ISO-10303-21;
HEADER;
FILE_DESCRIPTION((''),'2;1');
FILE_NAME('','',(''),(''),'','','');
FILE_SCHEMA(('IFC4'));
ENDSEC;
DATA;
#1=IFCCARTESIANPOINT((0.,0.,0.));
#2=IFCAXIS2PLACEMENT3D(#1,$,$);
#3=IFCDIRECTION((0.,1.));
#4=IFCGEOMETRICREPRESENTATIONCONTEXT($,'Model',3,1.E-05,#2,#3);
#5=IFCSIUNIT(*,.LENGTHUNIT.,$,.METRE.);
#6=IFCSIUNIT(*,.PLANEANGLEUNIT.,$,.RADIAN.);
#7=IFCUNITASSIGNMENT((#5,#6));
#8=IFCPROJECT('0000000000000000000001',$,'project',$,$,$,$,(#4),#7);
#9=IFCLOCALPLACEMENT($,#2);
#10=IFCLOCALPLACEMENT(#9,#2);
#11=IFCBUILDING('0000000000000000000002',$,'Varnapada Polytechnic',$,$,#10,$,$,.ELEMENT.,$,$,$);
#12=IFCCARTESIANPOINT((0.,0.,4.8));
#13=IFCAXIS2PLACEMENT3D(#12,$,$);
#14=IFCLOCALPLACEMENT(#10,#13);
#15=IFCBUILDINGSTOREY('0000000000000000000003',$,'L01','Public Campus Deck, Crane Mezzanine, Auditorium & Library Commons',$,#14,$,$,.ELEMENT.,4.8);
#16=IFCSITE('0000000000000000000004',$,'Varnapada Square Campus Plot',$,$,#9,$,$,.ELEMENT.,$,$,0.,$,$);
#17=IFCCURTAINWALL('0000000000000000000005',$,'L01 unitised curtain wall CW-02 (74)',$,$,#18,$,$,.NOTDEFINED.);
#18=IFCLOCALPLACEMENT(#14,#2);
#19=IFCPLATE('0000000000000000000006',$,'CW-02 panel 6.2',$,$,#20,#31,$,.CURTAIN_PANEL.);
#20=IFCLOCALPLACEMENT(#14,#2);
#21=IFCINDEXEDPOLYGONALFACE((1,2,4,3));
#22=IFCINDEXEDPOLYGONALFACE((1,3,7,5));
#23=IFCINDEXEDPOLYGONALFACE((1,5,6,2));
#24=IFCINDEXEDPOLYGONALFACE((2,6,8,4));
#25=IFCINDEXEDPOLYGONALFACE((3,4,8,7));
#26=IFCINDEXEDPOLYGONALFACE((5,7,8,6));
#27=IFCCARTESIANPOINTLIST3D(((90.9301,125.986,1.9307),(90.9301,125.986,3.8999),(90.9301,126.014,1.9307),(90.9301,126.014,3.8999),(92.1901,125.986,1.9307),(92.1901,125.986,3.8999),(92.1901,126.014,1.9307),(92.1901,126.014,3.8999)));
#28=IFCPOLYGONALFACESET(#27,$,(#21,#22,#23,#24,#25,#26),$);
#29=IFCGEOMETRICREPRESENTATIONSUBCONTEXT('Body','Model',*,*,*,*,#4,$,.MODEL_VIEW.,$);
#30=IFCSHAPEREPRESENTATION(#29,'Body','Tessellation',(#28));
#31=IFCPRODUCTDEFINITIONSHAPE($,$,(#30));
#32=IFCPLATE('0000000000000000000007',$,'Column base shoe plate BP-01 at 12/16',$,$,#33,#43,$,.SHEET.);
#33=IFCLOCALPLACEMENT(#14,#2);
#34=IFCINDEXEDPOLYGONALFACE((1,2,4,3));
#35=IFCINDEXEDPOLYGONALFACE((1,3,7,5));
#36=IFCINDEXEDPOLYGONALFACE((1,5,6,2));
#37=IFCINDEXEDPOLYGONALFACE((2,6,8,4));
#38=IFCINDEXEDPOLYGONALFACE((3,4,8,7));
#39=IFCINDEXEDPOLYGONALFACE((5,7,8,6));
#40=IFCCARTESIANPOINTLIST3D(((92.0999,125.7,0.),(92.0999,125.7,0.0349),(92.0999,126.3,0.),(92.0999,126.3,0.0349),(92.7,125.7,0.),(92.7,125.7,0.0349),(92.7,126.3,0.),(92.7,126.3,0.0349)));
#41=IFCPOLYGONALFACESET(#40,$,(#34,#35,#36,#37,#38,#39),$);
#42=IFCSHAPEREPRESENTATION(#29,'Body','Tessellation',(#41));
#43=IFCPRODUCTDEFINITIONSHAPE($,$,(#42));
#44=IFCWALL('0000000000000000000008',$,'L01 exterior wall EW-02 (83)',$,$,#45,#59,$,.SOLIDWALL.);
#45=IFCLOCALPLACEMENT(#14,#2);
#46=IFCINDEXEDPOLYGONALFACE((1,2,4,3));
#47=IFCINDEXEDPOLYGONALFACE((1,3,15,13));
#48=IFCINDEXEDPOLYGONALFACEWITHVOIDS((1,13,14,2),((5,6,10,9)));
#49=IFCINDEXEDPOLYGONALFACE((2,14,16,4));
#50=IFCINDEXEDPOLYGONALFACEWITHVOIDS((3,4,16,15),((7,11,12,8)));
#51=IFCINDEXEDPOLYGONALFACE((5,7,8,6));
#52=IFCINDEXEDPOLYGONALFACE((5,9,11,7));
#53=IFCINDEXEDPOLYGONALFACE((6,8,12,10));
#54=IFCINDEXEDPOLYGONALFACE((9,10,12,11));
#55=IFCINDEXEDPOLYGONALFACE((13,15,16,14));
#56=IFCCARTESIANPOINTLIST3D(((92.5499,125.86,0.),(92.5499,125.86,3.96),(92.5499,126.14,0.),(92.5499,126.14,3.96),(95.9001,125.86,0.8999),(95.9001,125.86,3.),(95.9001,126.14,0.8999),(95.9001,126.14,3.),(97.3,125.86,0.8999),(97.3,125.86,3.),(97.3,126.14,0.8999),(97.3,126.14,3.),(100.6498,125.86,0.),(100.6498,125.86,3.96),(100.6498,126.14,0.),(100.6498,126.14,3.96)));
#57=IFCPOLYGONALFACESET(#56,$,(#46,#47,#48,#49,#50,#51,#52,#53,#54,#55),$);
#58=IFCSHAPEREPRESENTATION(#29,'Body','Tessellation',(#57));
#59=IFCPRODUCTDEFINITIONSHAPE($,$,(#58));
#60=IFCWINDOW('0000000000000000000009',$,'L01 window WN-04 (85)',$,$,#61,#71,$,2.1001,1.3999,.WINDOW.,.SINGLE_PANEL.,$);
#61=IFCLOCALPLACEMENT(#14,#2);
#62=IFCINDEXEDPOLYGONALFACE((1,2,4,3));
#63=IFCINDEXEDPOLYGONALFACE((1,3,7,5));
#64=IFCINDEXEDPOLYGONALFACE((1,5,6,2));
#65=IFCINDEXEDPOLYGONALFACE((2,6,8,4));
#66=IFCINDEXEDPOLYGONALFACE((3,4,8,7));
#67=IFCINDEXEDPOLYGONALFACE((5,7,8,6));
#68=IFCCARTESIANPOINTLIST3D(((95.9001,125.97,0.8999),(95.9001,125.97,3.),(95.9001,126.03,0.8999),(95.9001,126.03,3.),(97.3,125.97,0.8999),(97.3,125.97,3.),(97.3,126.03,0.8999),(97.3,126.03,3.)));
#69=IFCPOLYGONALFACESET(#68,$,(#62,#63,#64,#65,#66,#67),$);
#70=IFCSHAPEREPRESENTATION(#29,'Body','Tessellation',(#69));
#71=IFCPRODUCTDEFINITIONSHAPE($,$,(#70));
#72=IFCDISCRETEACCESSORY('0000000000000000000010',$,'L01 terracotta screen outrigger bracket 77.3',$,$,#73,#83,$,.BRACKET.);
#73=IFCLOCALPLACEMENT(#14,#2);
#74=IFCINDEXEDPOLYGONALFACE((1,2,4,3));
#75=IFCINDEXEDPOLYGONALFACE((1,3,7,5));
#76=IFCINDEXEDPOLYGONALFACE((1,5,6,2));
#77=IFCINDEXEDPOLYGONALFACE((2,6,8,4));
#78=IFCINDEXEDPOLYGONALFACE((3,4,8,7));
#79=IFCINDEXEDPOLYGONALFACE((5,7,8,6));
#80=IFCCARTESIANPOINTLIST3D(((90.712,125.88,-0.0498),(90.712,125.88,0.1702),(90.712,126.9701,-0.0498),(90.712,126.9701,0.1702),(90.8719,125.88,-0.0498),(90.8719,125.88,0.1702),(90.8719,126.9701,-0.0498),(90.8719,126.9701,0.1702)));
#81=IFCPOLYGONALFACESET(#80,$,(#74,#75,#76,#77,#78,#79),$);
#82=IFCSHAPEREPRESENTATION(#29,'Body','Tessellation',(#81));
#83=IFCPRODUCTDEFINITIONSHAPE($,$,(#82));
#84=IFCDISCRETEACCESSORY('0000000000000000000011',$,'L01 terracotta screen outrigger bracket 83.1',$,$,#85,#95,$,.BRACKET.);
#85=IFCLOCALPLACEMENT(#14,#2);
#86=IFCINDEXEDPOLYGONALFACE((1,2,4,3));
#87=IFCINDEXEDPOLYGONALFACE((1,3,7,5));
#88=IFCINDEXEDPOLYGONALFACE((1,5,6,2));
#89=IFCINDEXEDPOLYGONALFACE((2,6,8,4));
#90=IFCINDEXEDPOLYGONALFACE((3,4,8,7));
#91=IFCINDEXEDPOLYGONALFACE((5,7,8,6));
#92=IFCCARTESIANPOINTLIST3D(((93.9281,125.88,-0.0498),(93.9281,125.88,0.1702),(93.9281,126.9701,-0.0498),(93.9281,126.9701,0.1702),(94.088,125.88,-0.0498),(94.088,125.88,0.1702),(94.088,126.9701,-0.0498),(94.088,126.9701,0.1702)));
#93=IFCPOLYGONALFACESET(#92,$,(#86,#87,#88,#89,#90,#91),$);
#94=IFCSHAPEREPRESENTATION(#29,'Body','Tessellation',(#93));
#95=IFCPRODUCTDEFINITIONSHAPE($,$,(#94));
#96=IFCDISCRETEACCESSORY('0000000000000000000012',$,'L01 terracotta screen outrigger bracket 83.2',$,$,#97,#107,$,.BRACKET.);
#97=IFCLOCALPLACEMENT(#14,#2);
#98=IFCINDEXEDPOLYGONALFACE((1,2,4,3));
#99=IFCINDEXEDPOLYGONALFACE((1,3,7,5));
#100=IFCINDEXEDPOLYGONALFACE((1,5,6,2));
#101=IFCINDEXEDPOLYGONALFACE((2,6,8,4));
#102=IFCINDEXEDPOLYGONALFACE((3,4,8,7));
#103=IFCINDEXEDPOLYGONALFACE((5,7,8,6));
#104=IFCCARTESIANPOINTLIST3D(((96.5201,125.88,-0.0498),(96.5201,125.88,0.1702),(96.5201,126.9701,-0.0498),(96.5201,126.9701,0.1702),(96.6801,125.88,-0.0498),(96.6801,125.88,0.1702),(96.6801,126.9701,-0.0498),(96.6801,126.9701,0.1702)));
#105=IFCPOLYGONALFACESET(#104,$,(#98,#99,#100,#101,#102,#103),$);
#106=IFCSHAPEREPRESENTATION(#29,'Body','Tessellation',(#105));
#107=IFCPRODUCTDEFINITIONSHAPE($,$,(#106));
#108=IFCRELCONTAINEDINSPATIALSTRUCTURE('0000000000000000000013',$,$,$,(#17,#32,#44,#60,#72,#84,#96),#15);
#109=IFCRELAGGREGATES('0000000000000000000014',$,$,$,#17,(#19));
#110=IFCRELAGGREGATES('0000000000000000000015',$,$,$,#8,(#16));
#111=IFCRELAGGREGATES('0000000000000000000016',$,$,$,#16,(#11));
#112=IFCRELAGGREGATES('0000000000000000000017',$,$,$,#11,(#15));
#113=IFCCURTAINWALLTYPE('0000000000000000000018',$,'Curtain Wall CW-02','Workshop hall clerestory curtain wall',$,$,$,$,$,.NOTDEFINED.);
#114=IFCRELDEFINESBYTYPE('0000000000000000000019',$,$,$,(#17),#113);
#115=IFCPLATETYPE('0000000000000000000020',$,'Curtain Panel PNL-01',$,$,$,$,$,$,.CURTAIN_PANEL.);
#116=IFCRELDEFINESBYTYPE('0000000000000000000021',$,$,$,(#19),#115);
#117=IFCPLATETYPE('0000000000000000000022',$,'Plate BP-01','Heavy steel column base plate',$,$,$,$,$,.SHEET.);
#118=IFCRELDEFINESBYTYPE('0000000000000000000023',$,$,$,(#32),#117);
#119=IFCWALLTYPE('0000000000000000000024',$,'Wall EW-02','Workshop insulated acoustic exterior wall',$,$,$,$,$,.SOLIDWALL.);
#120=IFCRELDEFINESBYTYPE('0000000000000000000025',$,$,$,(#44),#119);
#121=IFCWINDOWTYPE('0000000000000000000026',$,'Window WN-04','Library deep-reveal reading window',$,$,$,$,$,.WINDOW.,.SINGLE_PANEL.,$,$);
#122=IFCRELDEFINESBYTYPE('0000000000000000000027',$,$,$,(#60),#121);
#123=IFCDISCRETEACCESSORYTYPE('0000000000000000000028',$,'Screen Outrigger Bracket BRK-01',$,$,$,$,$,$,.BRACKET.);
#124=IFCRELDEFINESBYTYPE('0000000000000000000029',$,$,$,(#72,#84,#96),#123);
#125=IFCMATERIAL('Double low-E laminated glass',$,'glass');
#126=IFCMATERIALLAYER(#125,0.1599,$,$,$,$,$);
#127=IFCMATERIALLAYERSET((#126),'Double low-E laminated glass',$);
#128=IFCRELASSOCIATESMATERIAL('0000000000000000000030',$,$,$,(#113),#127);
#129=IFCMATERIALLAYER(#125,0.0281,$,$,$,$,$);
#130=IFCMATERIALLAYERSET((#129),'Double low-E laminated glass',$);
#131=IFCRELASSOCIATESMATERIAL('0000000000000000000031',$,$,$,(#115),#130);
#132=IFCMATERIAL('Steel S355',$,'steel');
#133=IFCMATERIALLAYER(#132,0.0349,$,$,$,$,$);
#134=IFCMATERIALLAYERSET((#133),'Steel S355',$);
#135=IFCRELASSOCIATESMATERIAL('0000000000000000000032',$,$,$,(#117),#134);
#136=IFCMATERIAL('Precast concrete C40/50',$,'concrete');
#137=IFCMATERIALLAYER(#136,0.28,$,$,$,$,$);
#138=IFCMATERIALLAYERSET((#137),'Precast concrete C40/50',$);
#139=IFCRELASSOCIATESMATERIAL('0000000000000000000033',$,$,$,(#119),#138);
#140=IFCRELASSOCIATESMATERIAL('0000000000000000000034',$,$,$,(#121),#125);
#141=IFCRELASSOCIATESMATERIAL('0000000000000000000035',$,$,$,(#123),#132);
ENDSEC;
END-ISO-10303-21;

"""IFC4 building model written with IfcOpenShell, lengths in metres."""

from ifc_helpers import new_model, si_unit, direction, frame, frame_2d, origin, origin_2d, place, context, subcontext, project, spatial, rectangle, extrude, material, layer, layer_set, type_object, element, fill, aggregate, save


model = new_model("IFC4")

# Units and contexts
model_context = context("Model", 3, precision=1e-05, world=origin(), true_north=direction((0.0, 1.0)))
body_context = subcontext(model_context, "Body", "Model", "MODEL_VIEW")
ifc_project = project(units=[si_unit("LENGTHUNIT", "METRE"), si_unit("PLANEANGLEUNIT", "RADIAN")], contexts=[model_context])

# Site, building, storey
site_placement = place(None, origin())
site = spatial("IfcSite", under=ifc_project, at=site_placement, Name="Varnapada Square Campus Plot", CompositionType="ELEMENT", RefElevation=0.0)
building_placement = place(site_placement, origin())
building = spatial("IfcBuilding", under=site, at=building_placement, Name="Varnapada Polytechnic", CompositionType="ELEMENT")
storey_placement = place(building_placement, frame((0.0, 0.0, 4.8)))
storey = spatial("IfcBuildingStorey", under=building, at=storey_placement, Name="L01", Description="Public Campus Deck, Crane Mezzanine, Auditorium & Library Commons", CompositionType="ELEMENT", Elevation=4.8)

# Shared definitions
ifc_material_1 = material(Name="Steel S355", Category="steel")

# Curtain wall
ifc_material_2 = material(Name="Double low-E laminated glass", Category="glass")
ifc_layer_1 = layer(ifc_material_2, 0.1599)
ifc_layer_set_1 = layer_set([ifc_layer_1], Name="Double low-E laminated glass")
curtain_wall_type = type_object("IfcCurtainWallType", Name="Curtain Wall CW-02", Description="Workshop hall clerestory curtain wall", PredefinedType="NOTDEFINED", material=ifc_layer_set_1)
curtain_wall_placement = place(storey_placement, origin())
curtain_wall = element("IfcCurtainWall", 1, at=curtain_wall_placement, inside=storey, type_object=curtain_wall_type, Name="L01 unitised curtain wall CW-02 (74)", PredefinedType="NOTDEFINED")

# Plates
ifc_layer_2 = layer(ifc_material_2, 0.0281)
ifc_layer_set_2 = layer_set([ifc_layer_2], Name="Double low-E laminated glass")
plate_type_1 = type_object("IfcPlateType", Name="Curtain Panel PNL-01", PredefinedType="CURTAIN_PANEL", material=ifc_layer_set_2)
plate_1_placement = place(storey_placement, frame((91.5601, 126.0, 1.9307), z_axis=(0.0, 0.0, 1.0), x_axis=(1.0, 0.0, 0.0)))
plate_1 = element("IfcPlate", 2, at=plate_1_placement, type_object=plate_type_1, Name="CW-02 panel 6.2", PredefinedType="CURTAIN_PANEL", context=body_context, shape_type="SweptSolid", body=[
    extrude(rectangle(XDim=1.26, YDim=0.0281, at=origin_2d()), origin(), (0.0, 0.0, 1.0), 1.9692),
])
aggregate(curtain_wall, [plate_1])
ifc_layer_3 = layer(ifc_material_1, 0.0349)
ifc_layer_set_3 = layer_set([ifc_layer_3], Name="Steel S355")
plate_type_2 = type_object("IfcPlateType", Name="Plate BP-01", Description="Heavy steel column base plate", PredefinedType="SHEET", material=ifc_layer_set_3)
plate_2_placement = place(storey_placement, frame((92.3999, 126.0, 0.0), z_axis=(0.0, 0.0, 1.0), x_axis=(1.0, 0.0, 0.0)))
element("IfcPlate", 3, at=plate_2_placement, inside=storey, type_object=plate_type_2, Name="Column base shoe plate BP-01 at 12/16", PredefinedType="SHEET", context=body_context, shape_type="SweptSolid", body=[
    extrude(rectangle(XDim=0.6001, YDim=0.6001, at=origin_2d()), origin(), (0.0, 0.0, 1.0), 0.0349),
])

# Wall, opening, window
ifc_material_3 = material(Name="Precast concrete C40/50", Category="concrete")
ifc_layer_4 = layer(ifc_material_3, 0.28)
ifc_layer_set_4 = layer_set([ifc_layer_4], Name="Precast concrete C40/50")
wall_type = type_object("IfcWallType", Name="Wall EW-02", Description="Workshop insulated acoustic exterior wall", PredefinedType="SOLIDWALL", material=ifc_layer_set_4)
wall_placement = place(storey_placement, frame((92.55, 126.0, 0.0), z_axis=(0.0, 0.0, 1.0), x_axis=(1.0, 0.0, 0.0)))
wall = element("IfcWall", 4, at=wall_placement, inside=storey, type_object=wall_type, Name="L01 exterior wall EW-02 (83)", PredefinedType="SOLIDWALL", context=body_context, shape_type="SweptSolid", body=[
    extrude(rectangle(XDim=8.0999, YDim=0.28, at=frame_2d((4.0498, 0.0))), origin(), (0.0, 0.0, 1.0), 3.96),
])
opening_1_placement = place(wall_placement, frame((3.3501, 0.0, 0.8999)))
opening_1 = element("IfcOpeningElement", 5, at=opening_1_placement, cuts=wall, PredefinedType="OPENING", context=body_context, shape_type="SweptSolid", body=[
    extrude(rectangle(XDim=1.3999, YDim=2.1001, at=frame_2d((0.7, 1.05))), frame((0.0, 0.1499, 0.0), z_axis=(0.0, -1.0, 0.0), x_axis=(1.0, 0.0, 0.0)), (0.0, 0.0, 1.0), 0.3),
])
window_type = type_object("IfcWindowType", Name="Window WN-04", Description="Library deep-reveal reading window", PartitioningType="SINGLE_PANEL", PredefinedType="WINDOW", material=ifc_material_2)
window_placement = place(opening_1_placement, origin())
window = element("IfcWindow", 6, at=window_placement, inside=storey, type_object=window_type, Name="L01 window WN-04 (85)", OverallHeight=2.1001, OverallWidth=1.3999, PartitioningType="SINGLE_PANEL", PredefinedType="WINDOW", context=body_context, shape_type="SweptSolid", body=[
    extrude(rectangle(XDim=1.3999, YDim=2.1001, at=frame_2d((0.7, 1.05))), frame((0.0, 0.03, 0.0), z_axis=(0.0, -1.0, 0.0), x_axis=(1.0, 0.0, 0.0)), (0.0, 0.0, 1.0), 0.0601),
])
fill(opening_1, window)

# Discrete accessories
discrete_accessory_type = type_object("IfcDiscreteAccessoryType", Name="Screen Outrigger Bracket BRK-01", PredefinedType="BRACKET", material=ifc_material_1)
for number, where, z_axis, x_axis, name in (
    (7, (90.792, 126.425, -0.0498), (0.0, 0.0, 1.0), (1.0, 0.0, 0.0), "L01 terracotta screen outrigger bracket 77.3"),
    (8, (94.0081, 126.425, -0.0498), (0.0, 0.0, 1.0), (1.0, 0.0, 0.0), "L01 terracotta screen outrigger bracket 83.1"),
    (9, (96.6001, 126.425, -0.0498), (0.0, 0.0, 1.0), (1.0, 0.0, 0.0), "L01 terracotta screen outrigger bracket 83.2"),
):
    element("IfcDiscreteAccessory", number, at=place(storey_placement, frame(where, z_axis=z_axis, x_axis=x_axis)), inside=storey, type_object=discrete_accessory_type, Name=name, PredefinedType="BRACKET", context=body_context, shape_type="SweptSolid", body=[
        extrude(rectangle(XDim=0.1599, YDim=1.0901, at=origin_2d()), origin(), (0.0, 0.0, 1.0), 0.22),
    ])

save(model, "model.ifc")
